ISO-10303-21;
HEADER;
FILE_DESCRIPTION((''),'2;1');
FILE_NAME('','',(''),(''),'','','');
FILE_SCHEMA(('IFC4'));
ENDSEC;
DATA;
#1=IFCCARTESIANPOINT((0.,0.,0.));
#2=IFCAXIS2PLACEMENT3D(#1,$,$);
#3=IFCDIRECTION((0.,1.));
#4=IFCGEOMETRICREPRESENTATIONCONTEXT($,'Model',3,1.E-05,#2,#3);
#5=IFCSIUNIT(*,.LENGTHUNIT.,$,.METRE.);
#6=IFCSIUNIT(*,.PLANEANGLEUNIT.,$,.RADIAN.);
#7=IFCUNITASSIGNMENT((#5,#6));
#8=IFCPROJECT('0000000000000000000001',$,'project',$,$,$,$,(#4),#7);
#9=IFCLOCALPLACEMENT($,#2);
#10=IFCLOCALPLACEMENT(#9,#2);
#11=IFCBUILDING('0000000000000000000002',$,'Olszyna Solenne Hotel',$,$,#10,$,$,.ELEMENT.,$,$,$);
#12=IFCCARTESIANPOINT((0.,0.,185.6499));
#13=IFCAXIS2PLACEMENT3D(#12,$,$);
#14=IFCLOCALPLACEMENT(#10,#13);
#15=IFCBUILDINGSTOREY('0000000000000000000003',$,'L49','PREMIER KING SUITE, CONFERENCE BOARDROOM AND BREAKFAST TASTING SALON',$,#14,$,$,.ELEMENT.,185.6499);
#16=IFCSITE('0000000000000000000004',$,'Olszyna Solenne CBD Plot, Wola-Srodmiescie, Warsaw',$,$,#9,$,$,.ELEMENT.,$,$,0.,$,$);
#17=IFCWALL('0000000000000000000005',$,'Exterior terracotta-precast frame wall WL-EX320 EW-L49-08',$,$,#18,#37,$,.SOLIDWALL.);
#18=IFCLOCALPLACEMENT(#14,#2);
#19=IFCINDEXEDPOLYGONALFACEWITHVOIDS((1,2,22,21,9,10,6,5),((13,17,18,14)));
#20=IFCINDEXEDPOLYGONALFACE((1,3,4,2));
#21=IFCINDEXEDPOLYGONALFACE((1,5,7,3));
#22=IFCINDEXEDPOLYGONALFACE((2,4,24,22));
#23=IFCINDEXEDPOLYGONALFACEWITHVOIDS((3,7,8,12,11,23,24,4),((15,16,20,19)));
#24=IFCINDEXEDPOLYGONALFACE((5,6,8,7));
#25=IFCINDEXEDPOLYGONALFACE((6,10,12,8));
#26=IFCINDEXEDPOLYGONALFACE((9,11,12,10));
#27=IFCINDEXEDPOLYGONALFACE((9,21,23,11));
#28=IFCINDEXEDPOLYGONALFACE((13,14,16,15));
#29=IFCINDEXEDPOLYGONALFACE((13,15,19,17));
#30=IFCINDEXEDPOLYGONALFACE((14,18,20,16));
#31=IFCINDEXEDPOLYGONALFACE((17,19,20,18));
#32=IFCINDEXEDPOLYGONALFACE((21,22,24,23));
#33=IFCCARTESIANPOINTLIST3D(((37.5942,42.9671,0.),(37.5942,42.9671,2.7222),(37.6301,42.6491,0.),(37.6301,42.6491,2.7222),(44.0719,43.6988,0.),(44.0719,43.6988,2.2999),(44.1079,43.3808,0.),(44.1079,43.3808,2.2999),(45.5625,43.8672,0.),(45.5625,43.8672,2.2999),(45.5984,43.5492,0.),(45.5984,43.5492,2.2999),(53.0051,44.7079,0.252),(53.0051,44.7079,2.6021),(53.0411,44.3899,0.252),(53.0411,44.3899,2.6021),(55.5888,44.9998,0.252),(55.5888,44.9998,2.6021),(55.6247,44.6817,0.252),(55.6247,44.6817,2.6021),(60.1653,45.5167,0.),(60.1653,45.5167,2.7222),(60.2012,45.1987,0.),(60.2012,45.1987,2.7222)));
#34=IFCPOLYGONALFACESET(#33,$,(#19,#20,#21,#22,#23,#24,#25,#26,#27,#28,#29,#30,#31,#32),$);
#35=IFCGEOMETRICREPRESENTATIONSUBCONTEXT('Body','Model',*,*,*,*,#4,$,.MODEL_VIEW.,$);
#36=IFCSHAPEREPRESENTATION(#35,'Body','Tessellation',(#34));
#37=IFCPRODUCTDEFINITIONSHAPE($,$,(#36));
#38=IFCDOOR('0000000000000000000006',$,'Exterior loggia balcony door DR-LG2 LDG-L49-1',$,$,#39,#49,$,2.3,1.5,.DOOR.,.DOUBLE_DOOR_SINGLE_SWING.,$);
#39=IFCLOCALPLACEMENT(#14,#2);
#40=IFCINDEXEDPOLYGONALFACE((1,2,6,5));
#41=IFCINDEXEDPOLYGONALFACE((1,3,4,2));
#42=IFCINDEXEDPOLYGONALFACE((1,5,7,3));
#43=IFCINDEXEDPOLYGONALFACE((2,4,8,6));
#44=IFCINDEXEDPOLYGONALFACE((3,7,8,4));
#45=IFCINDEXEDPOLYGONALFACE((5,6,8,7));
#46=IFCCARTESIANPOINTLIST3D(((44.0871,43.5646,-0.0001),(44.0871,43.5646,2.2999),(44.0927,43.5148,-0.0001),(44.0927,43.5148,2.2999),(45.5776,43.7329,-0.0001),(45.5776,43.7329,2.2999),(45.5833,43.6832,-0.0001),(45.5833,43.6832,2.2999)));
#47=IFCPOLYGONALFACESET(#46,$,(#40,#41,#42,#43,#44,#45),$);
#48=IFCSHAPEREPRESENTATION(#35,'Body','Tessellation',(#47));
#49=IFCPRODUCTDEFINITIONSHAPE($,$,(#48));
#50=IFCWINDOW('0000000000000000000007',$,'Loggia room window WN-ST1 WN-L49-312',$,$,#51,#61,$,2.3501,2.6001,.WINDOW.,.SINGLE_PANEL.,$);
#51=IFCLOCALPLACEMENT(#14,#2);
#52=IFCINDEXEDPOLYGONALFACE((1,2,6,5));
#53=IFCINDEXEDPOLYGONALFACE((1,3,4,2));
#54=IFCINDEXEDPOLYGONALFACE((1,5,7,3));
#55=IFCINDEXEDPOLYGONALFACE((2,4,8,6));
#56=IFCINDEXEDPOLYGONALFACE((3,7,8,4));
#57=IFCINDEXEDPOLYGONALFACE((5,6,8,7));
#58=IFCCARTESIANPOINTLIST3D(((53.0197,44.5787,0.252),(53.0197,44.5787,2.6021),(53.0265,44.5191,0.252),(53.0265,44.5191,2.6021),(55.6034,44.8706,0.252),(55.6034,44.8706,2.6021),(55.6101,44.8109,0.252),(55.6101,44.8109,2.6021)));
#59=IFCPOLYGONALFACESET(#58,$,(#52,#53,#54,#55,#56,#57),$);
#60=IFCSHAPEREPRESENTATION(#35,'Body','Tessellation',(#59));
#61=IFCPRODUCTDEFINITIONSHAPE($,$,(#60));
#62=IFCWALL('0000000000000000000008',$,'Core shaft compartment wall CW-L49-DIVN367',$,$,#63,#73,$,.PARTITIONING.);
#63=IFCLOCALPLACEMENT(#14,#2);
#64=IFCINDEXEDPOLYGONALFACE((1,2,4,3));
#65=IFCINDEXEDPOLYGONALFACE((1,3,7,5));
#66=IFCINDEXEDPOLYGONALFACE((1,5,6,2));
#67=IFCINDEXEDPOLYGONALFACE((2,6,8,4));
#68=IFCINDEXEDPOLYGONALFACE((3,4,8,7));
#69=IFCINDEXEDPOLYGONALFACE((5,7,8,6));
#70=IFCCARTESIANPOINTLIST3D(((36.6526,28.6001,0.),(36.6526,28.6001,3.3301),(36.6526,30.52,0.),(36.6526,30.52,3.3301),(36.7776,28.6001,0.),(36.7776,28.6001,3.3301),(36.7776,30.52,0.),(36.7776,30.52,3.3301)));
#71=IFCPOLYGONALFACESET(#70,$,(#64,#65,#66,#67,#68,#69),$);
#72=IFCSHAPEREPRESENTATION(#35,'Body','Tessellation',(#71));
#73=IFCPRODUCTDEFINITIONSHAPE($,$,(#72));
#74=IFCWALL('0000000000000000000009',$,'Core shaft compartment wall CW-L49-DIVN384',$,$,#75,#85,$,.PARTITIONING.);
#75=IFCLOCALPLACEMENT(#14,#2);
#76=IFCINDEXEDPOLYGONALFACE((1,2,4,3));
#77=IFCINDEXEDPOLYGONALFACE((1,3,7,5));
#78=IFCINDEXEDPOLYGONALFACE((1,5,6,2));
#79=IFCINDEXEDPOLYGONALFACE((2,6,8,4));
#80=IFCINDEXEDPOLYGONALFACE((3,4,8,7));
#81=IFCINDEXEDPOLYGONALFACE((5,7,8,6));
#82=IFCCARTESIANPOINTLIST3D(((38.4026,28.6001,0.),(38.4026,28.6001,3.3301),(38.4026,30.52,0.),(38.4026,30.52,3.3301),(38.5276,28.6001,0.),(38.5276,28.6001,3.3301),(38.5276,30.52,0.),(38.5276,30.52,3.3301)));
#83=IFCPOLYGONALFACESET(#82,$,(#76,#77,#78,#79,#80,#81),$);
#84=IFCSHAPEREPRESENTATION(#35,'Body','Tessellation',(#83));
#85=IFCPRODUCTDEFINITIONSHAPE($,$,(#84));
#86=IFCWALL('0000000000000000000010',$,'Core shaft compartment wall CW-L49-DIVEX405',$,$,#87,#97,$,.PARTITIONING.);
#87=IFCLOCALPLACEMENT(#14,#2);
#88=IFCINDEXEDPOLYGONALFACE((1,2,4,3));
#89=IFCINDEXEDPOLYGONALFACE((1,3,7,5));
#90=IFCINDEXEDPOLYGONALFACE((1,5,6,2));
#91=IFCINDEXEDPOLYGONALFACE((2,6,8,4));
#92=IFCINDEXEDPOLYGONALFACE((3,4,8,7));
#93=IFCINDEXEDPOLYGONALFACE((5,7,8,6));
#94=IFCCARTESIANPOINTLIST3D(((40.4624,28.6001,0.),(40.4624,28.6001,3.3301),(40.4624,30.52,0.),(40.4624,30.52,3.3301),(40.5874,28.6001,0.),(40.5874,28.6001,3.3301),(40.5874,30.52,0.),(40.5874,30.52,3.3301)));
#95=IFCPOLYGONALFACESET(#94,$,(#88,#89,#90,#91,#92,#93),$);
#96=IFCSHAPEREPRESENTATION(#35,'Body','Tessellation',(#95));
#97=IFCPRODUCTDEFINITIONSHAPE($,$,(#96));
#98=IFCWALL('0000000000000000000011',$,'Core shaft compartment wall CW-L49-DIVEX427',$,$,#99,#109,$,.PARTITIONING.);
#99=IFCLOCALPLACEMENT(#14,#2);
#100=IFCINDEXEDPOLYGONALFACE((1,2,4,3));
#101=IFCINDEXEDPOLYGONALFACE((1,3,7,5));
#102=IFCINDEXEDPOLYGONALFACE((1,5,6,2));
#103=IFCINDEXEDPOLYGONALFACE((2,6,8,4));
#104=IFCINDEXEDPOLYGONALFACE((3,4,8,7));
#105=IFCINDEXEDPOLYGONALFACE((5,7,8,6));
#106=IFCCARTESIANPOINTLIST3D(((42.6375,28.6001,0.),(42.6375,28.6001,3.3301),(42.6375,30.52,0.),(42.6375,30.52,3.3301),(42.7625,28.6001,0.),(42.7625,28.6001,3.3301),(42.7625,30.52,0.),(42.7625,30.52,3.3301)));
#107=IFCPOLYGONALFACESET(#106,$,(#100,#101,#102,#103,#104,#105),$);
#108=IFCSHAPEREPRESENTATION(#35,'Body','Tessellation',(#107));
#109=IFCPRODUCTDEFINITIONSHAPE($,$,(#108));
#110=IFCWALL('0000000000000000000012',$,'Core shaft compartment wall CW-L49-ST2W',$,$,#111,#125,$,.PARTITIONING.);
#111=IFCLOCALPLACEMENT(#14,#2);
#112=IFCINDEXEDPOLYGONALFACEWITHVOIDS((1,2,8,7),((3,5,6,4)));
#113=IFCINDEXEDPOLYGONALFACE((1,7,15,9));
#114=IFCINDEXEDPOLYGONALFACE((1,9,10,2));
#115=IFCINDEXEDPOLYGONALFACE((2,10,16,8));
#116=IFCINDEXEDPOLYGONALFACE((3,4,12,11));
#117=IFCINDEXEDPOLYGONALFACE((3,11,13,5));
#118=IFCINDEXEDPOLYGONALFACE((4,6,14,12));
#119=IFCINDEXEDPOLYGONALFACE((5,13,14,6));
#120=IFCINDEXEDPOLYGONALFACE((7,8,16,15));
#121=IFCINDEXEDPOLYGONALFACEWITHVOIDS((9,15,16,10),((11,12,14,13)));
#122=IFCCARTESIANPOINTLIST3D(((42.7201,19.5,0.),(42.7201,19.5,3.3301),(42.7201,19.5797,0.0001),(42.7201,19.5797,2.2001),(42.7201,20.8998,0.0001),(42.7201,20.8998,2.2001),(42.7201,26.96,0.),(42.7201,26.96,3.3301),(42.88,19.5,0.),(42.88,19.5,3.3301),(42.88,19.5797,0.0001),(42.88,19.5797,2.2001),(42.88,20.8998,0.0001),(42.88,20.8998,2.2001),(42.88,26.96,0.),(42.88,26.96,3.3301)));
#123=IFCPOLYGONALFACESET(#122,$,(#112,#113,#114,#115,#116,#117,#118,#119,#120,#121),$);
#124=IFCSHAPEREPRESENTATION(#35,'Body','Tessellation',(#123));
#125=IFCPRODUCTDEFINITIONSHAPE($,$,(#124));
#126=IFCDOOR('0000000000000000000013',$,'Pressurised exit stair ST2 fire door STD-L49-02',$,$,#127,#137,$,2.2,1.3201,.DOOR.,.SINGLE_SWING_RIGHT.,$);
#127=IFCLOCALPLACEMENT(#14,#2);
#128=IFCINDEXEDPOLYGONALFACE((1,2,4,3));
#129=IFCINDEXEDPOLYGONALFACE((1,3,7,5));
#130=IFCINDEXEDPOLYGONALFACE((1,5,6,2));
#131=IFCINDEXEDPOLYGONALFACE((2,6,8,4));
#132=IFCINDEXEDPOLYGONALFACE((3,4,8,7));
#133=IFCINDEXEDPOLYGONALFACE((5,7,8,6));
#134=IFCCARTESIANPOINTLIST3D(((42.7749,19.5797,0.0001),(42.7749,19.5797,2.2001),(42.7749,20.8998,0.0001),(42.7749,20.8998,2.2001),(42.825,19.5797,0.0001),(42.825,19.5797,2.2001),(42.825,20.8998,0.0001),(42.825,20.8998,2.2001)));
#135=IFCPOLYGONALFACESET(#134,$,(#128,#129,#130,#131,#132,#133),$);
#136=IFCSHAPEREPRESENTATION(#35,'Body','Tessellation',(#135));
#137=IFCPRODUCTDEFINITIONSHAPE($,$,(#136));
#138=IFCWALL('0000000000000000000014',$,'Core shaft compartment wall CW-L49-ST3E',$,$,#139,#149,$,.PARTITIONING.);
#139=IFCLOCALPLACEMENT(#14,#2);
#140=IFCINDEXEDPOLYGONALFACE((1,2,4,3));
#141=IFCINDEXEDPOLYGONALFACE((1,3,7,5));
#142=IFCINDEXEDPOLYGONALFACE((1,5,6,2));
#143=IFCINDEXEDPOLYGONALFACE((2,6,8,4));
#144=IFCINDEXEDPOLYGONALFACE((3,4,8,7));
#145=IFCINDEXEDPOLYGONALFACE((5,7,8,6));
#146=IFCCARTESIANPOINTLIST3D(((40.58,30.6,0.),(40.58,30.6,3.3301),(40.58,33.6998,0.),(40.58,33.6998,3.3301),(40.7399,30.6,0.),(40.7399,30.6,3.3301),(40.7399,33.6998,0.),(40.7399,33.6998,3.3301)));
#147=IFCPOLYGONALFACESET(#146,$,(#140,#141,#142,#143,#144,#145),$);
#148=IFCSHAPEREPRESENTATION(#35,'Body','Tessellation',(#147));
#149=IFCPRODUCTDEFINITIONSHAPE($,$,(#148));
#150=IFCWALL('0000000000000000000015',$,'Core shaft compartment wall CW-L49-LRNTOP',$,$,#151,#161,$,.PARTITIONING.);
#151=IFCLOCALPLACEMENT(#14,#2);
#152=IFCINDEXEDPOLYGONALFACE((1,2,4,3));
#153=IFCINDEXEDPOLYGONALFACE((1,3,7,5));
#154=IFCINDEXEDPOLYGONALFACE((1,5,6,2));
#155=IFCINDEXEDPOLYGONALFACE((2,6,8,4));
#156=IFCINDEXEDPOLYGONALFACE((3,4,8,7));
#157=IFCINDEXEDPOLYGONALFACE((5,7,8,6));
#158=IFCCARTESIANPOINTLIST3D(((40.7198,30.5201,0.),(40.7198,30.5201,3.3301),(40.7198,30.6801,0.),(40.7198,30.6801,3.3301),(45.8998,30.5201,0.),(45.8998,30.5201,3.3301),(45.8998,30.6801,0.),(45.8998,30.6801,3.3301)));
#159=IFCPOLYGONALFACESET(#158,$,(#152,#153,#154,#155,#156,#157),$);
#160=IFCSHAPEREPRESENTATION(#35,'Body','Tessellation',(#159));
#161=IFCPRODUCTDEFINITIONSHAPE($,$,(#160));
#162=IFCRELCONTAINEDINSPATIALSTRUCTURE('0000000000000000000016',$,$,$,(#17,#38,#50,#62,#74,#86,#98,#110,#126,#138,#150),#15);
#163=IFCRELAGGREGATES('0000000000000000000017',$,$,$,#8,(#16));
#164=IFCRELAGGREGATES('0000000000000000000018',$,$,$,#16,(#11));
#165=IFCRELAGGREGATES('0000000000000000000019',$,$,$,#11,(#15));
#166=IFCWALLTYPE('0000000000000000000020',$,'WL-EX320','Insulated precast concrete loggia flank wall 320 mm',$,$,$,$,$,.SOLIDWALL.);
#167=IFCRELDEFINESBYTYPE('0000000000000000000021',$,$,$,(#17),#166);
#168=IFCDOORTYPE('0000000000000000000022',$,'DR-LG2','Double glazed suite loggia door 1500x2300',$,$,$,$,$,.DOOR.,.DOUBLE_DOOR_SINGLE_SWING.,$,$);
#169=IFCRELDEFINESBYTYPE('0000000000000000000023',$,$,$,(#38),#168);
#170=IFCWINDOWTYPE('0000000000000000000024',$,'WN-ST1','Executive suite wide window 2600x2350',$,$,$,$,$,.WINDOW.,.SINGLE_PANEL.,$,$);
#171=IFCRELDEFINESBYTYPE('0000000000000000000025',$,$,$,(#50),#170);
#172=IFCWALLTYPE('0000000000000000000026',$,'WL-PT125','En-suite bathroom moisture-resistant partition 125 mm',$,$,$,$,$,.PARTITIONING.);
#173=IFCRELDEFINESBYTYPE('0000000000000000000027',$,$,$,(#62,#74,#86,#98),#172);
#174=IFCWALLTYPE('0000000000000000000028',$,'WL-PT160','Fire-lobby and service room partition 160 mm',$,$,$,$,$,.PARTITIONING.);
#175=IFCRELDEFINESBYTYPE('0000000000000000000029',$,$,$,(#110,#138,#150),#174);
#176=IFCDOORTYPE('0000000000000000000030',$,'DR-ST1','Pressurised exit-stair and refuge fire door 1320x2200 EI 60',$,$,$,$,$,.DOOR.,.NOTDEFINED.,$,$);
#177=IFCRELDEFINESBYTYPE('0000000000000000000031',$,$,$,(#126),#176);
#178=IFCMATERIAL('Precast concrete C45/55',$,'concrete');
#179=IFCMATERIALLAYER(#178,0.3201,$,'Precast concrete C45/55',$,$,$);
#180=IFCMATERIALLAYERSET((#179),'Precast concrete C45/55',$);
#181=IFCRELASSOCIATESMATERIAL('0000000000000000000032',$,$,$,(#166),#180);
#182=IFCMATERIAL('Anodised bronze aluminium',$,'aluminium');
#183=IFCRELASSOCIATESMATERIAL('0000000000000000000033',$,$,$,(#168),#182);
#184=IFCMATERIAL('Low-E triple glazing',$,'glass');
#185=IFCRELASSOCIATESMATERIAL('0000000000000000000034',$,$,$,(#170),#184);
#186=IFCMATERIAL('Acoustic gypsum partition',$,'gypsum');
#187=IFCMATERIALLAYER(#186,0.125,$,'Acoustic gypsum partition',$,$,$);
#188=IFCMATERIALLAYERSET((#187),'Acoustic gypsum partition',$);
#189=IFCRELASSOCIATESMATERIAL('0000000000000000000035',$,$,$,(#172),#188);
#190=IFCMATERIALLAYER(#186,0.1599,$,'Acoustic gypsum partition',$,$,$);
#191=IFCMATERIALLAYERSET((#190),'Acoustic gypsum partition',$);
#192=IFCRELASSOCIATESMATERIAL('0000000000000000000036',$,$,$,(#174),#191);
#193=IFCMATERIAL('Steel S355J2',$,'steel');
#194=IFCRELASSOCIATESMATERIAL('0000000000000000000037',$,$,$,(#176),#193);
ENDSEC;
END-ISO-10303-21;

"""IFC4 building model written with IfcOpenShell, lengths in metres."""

from ifc_helpers import new_model, si_unit, direction, frame, frame_2d, origin, place, context, subcontext, project, spatial, rectangle, extrude, source, transform, mapped, material, layer, layer_set, type_object, type_shapes, element, fill, save


model = new_model("IFC4")

# Units and contexts
model_context = context("Model", 3, precision=1e-05, world=origin(), true_north=direction((0.0, 1.0)))
body_context = subcontext(model_context, "Body", "Model", "MODEL_VIEW")
ifc_project = project(units=[si_unit("LENGTHUNIT", "METRE"), si_unit("PLANEANGLEUNIT", "RADIAN")], contexts=[model_context])

# Site, building, storey
site_placement = place(None, origin())
site = spatial("IfcSite", under=ifc_project, at=site_placement, Name="Olszyna Solenne CBD Plot, Wola-Srodmiescie, Warsaw", CompositionType="ELEMENT", RefElevation=0.0)
building_placement = place(site_placement, origin())
building = spatial("IfcBuilding", under=site, at=building_placement, Name="Olszyna Solenne Hotel", CompositionType="ELEMENT")
storey_placement = place(building_placement, frame((0.0, 0.0, 185.6499)))
storey = spatial("IfcBuildingStorey", under=building, at=storey_placement, Name="L49", Description="PREMIER KING SUITE, CONFERENCE BOARDROOM AND BREAKFAST TASTING SALON", CompositionType="ELEMENT", Elevation=185.6499)

# Shared definitions
ifc_material_1 = material(Name="Steel S355J2", Category="steel")

# Wall, openings, door, window
ifc_material_2 = material(Name="Precast concrete C45/55", Category="concrete")
ifc_layer_1 = layer(ifc_material_2, 0.3201, Name="Precast concrete C45/55")
ifc_layer_set_1 = layer_set([ifc_layer_1], Name="Precast concrete C45/55")
wall_type_1 = type_object("IfcWallType", Name="WL-EX320", Description="Insulated precast concrete loggia flank wall 320 mm", PredefinedType="SOLIDWALL", material=ifc_layer_set_1)
wall_1_placement = place(storey_placement, frame((37.6121, 42.8081, 0.0), z_axis=(0.0, 0.0, 1.0), x_axis=(0.993681, 0.112243, 0.0)))
wall_1 = element("IfcWall", 1, at=wall_1_placement, inside=storey, type_object=wall_type_1, Name="Exterior terracotta-precast frame wall WL-EX320 EW-L49-08", PredefinedType="SOLIDWALL", context=body_context, shape_type="SweptSolid", body=[
    extrude(rectangle(XDim=22.7146, YDim=0.3201, at=frame_2d((11.3574, 0.0))), origin(), (0.0, 0.0, 1.0), 2.7222),
])
opening_1_placement = place(wall_1_placement, frame((6.519, 0.0, 0.0)))
opening_1 = element("IfcOpeningElement", 2, at=opening_1_placement, cuts=wall_1, PredefinedType="OPENING", context=body_context, shape_type="SweptSolid", body=[
    extrude(rectangle(XDim=1.5, YDim=2.3, at=frame_2d((0.75, 1.1499))), frame((0.0, 0.1699, 0.0), z_axis=(0.0, -1.0, 0.0), x_axis=(1.0, 0.0, 0.0)), (0.0, 0.0, 1.0), 0.3401),
])
opening_2_placement = place(wall_1_placement, frame((15.509, 0.0, 0.252)))
opening_2 = element("IfcOpeningElement", 3, at=opening_2_placement, cuts=wall_1, PredefinedType="OPENING", context=body_context, shape_type="SweptSolid", body=[
    extrude(rectangle(XDim=2.6001, YDim=2.3501, at=frame_2d((1.3, 1.175))), frame((0.0, 0.1699, 0.0), z_axis=(0.0, -1.0, 0.0), x_axis=(1.0, 0.0, 0.0)), (0.0, 0.0, 1.0), 0.3401),
])
ifc_material_3 = material(Name="Anodised bronze aluminium", Category="aluminium")
door_type_1 = type_object("IfcDoorType", Name="DR-LG2", Description="Double glazed suite loggia door 1500x2300", OperationType="DOUBLE_DOOR_SINGLE_SWING", PredefinedType="DOOR", material=ifc_material_3)
shared_shape_1 = source(origin(), body_context, "Body", "SweptSolid", [
    extrude(rectangle(XDim=1.5, YDim=2.3, at=frame_2d((0.75, 1.1499))), frame((0.0, 0.0249, 0.0), z_axis=(0.0, -1.0, 0.0), x_axis=(1.0, 0.0, 0.0)), (0.0, 0.0, 1.0), 0.05),
])
type_shapes(door_type_1, [shared_shape_1])
door_1_placement = place(opening_1_placement, origin())
door_1 = element("IfcDoor", 4, at=door_1_placement, inside=storey, type_object=door_type_1, Name="Exterior loggia balcony door DR-LG2 LDG-L49-1", OperationType="DOUBLE_DOOR_SINGLE_SWING", OverallHeight=2.3, OverallWidth=1.5, PredefinedType="DOOR", context=body_context, shape_type="MappedRepresentation", body=[
    mapped(shared_shape_1, transform((0.0, 0.0, 0.0), x_axis=(1.0, 0.0, 0.0), y_axis=(0.0, 1.0, 0.0), z_axis=(0.0, 0.0, 1.0), scale=1.0)),
])
fill(opening_1, door_1)
ifc_material_4 = material(Name="Low-E triple glazing", Category="glass")
window_type = type_object("IfcWindowType", Name="WN-ST1", Description="Executive suite wide window 2600x2350", PartitioningType="SINGLE_PANEL", PredefinedType="WINDOW", material=ifc_material_4)
shared_shape_2 = source(origin(), body_context, "Body", "SweptSolid", [
    extrude(rectangle(XDim=2.6001, YDim=2.3501, at=frame_2d((1.3, 1.175))), frame((0.0, 0.03, 0.0), z_axis=(0.0, -1.0, 0.0), x_axis=(1.0, 0.0, 0.0)), (0.0, 0.0, 1.0), 0.0601),
])
type_shapes(window_type, [shared_shape_2])
window_placement = place(opening_2_placement, origin())
window = element("IfcWindow", 5, at=window_placement, inside=storey, type_object=window_type, Name="Loggia room window WN-ST1 WN-L49-312", OverallHeight=2.3501, OverallWidth=2.6001, PartitioningType="SINGLE_PANEL", PredefinedType="WINDOW", context=body_context, shape_type="MappedRepresentation", body=[
    mapped(shared_shape_2, transform((0.0, 0.0, 0.0), x_axis=(1.0, 0.0, 0.0), y_axis=(0.0, 1.0, 0.0), z_axis=(0.0, 0.0, 1.0), scale=1.0)),
])
fill(opening_2, window)

# Walls
ifc_material_5 = material(Name="Acoustic gypsum partition", Category="gypsum")
ifc_layer_2 = layer(ifc_material_5, 0.125, Name="Acoustic gypsum partition")
ifc_layer_set_2 = layer_set([ifc_layer_2], Name="Acoustic gypsum partition")
wall_type_2 = type_object("IfcWallType", Name="WL-PT125", Description="En-suite bathroom moisture-resistant partition 125 mm", PredefinedType="PARTITIONING", material=ifc_layer_set_2)
for number, where, z_axis, x_axis, name in (
    (6, (36.7151, 28.6001, 0.0), (0.0, 0.0, 1.0), (0.0, 1.0, 0.0), "Core shaft compartment wall CW-L49-DIVN367"),
    (7, (38.4651, 28.6001, 0.0), (0.0, 0.0, 1.0), (0.0, 1.0, 0.0), "Core shaft compartment wall CW-L49-DIVN384"),
    (8, (40.5249, 28.6001, 0.0), (0.0, 0.0, 1.0), (0.0, 1.0, 0.0), "Core shaft compartment wall CW-L49-DIVEX405"),
    (9, (42.7, 28.6001, 0.0), (0.0, 0.0, 1.0), (0.0, 1.0, 0.0), "Core shaft compartment wall CW-L49-DIVEX427"),
):
    element("IfcWall", number, at=place(storey_placement, frame(where, z_axis=z_axis, x_axis=x_axis)), inside=storey, type_object=wall_type_2, Name=name, PredefinedType="PARTITIONING", context=body_context, shape_type="SweptSolid", body=[
        extrude(rectangle(XDim=1.9199, YDim=0.125, at=frame_2d((0.96, 0.0))), origin(), (0.0, 0.0, 1.0), 3.3301),
    ])

# Wall, opening, door
ifc_layer_3 = layer(ifc_material_5, 0.1599, Name="Acoustic gypsum partition")
ifc_layer_set_3 = layer_set([ifc_layer_3], Name="Acoustic gypsum partition")
wall_type_3 = type_object("IfcWallType", Name="WL-PT160", Description="Fire-lobby and service room partition 160 mm", PredefinedType="PARTITIONING", material=ifc_layer_set_3)
wall_2_placement = place(storey_placement, frame((42.8, 26.96, 0.0), z_axis=(0.0, 0.0, 1.0), x_axis=(0.0, -1.0, 0.0)))
wall_2 = element("IfcWall", 10, at=wall_2_placement, inside=storey, type_object=wall_type_3, Name="Core shaft compartment wall CW-L49-ST2W", PredefinedType="PARTITIONING", context=body_context, shape_type="SweptSolid", body=[
    extrude(rectangle(XDim=7.46, YDim=0.1599, at=frame_2d((3.73, 0.0))), origin(), (0.0, 0.0, 1.0), 3.3301),
])
opening_3_placement = place(wall_2_placement, frame((6.0601, 0.0, 0.0)))
opening_3 = element("IfcOpeningElement", 11, at=opening_3_placement, cuts=wall_2, PredefinedType="OPENING", context=body_context, shape_type="SweptSolid", body=[
    extrude(rectangle(XDim=1.3201, YDim=2.2, at=frame_2d((0.6602, 1.1001))), frame((0.0, 0.0898, 0.0), z_axis=(0.0, -1.0, 0.0), x_axis=(1.0, 0.0, 0.0)), (0.0, 0.0, 1.0), 0.1799),
])
door_type_2 = type_object("IfcDoorType", Name="DR-ST1", Description="Pressurised exit-stair and refuge fire door 1320x2200 EI 60", OperationType="NOTDEFINED", PredefinedType="DOOR", material=ifc_material_1)
shared_shape_3 = source(origin(), body_context, "Body", "SweptSolid", [
    extrude(rectangle(XDim=1.3201, YDim=2.2, at=frame_2d((0.6602, 1.1001))), frame((0.0, 0.0249, 0.0), z_axis=(0.0, -1.0, 0.0), x_axis=(1.0, 0.0, 0.0)), (0.0, 0.0, 1.0), 0.05),
])
type_shapes(door_type_2, [shared_shape_3])
door_2_placement = place(opening_3_placement, origin())
door_2 = element("IfcDoor", 12, at=door_2_placement, inside=storey, type_object=door_type_2, Name="Pressurised exit stair ST2 fire door STD-L49-02", OperationType="SINGLE_SWING_RIGHT", OverallHeight=2.2, OverallWidth=1.3201, PredefinedType="DOOR", context=body_context, shape_type="MappedRepresentation", body=[
    mapped(shared_shape_3, transform((0.0, 0.0, 0.0), x_axis=(1.0, 0.0, 0.0), y_axis=(0.0, 1.0, 0.0), z_axis=(0.0, 0.0, 1.0), scale=1.0)),
])
fill(opening_3, door_2)

# Walls
wall_3_placement = place(storey_placement, frame((40.6599, 30.6001, 0.0), z_axis=(0.0, 0.0, 1.0), x_axis=(0.0, 1.0, 0.0)))
element("IfcWall", 13, at=wall_3_placement, inside=storey, type_object=wall_type_3, Name="Core shaft compartment wall CW-L49-ST3E", PredefinedType="PARTITIONING", context=body_context, shape_type="SweptSolid", body=[
    extrude(rectangle(XDim=3.0999, YDim=0.1599, at=frame_2d((1.5498, 0.0))), origin(), (0.0, 0.0, 1.0), 3.3301),
])
wall_4_placement = place(storey_placement, frame((40.72, 30.6001, 0.0), z_axis=(0.0, 0.0, 1.0), x_axis=(1.0, 0.0, 0.0)))
element("IfcWall", 14, at=wall_4_placement, inside=storey, type_object=wall_type_3, Name="Core shaft compartment wall CW-L49-LRNTOP", PredefinedType="PARTITIONING", context=body_context, shape_type="SweptSolid", body=[
    extrude(rectangle(XDim=5.1799, YDim=0.1599, at=frame_2d((2.5898, 0.0))), origin(), (0.0, 0.0, 1.0), 3.3301),
])

save(model, "model.ifc")
